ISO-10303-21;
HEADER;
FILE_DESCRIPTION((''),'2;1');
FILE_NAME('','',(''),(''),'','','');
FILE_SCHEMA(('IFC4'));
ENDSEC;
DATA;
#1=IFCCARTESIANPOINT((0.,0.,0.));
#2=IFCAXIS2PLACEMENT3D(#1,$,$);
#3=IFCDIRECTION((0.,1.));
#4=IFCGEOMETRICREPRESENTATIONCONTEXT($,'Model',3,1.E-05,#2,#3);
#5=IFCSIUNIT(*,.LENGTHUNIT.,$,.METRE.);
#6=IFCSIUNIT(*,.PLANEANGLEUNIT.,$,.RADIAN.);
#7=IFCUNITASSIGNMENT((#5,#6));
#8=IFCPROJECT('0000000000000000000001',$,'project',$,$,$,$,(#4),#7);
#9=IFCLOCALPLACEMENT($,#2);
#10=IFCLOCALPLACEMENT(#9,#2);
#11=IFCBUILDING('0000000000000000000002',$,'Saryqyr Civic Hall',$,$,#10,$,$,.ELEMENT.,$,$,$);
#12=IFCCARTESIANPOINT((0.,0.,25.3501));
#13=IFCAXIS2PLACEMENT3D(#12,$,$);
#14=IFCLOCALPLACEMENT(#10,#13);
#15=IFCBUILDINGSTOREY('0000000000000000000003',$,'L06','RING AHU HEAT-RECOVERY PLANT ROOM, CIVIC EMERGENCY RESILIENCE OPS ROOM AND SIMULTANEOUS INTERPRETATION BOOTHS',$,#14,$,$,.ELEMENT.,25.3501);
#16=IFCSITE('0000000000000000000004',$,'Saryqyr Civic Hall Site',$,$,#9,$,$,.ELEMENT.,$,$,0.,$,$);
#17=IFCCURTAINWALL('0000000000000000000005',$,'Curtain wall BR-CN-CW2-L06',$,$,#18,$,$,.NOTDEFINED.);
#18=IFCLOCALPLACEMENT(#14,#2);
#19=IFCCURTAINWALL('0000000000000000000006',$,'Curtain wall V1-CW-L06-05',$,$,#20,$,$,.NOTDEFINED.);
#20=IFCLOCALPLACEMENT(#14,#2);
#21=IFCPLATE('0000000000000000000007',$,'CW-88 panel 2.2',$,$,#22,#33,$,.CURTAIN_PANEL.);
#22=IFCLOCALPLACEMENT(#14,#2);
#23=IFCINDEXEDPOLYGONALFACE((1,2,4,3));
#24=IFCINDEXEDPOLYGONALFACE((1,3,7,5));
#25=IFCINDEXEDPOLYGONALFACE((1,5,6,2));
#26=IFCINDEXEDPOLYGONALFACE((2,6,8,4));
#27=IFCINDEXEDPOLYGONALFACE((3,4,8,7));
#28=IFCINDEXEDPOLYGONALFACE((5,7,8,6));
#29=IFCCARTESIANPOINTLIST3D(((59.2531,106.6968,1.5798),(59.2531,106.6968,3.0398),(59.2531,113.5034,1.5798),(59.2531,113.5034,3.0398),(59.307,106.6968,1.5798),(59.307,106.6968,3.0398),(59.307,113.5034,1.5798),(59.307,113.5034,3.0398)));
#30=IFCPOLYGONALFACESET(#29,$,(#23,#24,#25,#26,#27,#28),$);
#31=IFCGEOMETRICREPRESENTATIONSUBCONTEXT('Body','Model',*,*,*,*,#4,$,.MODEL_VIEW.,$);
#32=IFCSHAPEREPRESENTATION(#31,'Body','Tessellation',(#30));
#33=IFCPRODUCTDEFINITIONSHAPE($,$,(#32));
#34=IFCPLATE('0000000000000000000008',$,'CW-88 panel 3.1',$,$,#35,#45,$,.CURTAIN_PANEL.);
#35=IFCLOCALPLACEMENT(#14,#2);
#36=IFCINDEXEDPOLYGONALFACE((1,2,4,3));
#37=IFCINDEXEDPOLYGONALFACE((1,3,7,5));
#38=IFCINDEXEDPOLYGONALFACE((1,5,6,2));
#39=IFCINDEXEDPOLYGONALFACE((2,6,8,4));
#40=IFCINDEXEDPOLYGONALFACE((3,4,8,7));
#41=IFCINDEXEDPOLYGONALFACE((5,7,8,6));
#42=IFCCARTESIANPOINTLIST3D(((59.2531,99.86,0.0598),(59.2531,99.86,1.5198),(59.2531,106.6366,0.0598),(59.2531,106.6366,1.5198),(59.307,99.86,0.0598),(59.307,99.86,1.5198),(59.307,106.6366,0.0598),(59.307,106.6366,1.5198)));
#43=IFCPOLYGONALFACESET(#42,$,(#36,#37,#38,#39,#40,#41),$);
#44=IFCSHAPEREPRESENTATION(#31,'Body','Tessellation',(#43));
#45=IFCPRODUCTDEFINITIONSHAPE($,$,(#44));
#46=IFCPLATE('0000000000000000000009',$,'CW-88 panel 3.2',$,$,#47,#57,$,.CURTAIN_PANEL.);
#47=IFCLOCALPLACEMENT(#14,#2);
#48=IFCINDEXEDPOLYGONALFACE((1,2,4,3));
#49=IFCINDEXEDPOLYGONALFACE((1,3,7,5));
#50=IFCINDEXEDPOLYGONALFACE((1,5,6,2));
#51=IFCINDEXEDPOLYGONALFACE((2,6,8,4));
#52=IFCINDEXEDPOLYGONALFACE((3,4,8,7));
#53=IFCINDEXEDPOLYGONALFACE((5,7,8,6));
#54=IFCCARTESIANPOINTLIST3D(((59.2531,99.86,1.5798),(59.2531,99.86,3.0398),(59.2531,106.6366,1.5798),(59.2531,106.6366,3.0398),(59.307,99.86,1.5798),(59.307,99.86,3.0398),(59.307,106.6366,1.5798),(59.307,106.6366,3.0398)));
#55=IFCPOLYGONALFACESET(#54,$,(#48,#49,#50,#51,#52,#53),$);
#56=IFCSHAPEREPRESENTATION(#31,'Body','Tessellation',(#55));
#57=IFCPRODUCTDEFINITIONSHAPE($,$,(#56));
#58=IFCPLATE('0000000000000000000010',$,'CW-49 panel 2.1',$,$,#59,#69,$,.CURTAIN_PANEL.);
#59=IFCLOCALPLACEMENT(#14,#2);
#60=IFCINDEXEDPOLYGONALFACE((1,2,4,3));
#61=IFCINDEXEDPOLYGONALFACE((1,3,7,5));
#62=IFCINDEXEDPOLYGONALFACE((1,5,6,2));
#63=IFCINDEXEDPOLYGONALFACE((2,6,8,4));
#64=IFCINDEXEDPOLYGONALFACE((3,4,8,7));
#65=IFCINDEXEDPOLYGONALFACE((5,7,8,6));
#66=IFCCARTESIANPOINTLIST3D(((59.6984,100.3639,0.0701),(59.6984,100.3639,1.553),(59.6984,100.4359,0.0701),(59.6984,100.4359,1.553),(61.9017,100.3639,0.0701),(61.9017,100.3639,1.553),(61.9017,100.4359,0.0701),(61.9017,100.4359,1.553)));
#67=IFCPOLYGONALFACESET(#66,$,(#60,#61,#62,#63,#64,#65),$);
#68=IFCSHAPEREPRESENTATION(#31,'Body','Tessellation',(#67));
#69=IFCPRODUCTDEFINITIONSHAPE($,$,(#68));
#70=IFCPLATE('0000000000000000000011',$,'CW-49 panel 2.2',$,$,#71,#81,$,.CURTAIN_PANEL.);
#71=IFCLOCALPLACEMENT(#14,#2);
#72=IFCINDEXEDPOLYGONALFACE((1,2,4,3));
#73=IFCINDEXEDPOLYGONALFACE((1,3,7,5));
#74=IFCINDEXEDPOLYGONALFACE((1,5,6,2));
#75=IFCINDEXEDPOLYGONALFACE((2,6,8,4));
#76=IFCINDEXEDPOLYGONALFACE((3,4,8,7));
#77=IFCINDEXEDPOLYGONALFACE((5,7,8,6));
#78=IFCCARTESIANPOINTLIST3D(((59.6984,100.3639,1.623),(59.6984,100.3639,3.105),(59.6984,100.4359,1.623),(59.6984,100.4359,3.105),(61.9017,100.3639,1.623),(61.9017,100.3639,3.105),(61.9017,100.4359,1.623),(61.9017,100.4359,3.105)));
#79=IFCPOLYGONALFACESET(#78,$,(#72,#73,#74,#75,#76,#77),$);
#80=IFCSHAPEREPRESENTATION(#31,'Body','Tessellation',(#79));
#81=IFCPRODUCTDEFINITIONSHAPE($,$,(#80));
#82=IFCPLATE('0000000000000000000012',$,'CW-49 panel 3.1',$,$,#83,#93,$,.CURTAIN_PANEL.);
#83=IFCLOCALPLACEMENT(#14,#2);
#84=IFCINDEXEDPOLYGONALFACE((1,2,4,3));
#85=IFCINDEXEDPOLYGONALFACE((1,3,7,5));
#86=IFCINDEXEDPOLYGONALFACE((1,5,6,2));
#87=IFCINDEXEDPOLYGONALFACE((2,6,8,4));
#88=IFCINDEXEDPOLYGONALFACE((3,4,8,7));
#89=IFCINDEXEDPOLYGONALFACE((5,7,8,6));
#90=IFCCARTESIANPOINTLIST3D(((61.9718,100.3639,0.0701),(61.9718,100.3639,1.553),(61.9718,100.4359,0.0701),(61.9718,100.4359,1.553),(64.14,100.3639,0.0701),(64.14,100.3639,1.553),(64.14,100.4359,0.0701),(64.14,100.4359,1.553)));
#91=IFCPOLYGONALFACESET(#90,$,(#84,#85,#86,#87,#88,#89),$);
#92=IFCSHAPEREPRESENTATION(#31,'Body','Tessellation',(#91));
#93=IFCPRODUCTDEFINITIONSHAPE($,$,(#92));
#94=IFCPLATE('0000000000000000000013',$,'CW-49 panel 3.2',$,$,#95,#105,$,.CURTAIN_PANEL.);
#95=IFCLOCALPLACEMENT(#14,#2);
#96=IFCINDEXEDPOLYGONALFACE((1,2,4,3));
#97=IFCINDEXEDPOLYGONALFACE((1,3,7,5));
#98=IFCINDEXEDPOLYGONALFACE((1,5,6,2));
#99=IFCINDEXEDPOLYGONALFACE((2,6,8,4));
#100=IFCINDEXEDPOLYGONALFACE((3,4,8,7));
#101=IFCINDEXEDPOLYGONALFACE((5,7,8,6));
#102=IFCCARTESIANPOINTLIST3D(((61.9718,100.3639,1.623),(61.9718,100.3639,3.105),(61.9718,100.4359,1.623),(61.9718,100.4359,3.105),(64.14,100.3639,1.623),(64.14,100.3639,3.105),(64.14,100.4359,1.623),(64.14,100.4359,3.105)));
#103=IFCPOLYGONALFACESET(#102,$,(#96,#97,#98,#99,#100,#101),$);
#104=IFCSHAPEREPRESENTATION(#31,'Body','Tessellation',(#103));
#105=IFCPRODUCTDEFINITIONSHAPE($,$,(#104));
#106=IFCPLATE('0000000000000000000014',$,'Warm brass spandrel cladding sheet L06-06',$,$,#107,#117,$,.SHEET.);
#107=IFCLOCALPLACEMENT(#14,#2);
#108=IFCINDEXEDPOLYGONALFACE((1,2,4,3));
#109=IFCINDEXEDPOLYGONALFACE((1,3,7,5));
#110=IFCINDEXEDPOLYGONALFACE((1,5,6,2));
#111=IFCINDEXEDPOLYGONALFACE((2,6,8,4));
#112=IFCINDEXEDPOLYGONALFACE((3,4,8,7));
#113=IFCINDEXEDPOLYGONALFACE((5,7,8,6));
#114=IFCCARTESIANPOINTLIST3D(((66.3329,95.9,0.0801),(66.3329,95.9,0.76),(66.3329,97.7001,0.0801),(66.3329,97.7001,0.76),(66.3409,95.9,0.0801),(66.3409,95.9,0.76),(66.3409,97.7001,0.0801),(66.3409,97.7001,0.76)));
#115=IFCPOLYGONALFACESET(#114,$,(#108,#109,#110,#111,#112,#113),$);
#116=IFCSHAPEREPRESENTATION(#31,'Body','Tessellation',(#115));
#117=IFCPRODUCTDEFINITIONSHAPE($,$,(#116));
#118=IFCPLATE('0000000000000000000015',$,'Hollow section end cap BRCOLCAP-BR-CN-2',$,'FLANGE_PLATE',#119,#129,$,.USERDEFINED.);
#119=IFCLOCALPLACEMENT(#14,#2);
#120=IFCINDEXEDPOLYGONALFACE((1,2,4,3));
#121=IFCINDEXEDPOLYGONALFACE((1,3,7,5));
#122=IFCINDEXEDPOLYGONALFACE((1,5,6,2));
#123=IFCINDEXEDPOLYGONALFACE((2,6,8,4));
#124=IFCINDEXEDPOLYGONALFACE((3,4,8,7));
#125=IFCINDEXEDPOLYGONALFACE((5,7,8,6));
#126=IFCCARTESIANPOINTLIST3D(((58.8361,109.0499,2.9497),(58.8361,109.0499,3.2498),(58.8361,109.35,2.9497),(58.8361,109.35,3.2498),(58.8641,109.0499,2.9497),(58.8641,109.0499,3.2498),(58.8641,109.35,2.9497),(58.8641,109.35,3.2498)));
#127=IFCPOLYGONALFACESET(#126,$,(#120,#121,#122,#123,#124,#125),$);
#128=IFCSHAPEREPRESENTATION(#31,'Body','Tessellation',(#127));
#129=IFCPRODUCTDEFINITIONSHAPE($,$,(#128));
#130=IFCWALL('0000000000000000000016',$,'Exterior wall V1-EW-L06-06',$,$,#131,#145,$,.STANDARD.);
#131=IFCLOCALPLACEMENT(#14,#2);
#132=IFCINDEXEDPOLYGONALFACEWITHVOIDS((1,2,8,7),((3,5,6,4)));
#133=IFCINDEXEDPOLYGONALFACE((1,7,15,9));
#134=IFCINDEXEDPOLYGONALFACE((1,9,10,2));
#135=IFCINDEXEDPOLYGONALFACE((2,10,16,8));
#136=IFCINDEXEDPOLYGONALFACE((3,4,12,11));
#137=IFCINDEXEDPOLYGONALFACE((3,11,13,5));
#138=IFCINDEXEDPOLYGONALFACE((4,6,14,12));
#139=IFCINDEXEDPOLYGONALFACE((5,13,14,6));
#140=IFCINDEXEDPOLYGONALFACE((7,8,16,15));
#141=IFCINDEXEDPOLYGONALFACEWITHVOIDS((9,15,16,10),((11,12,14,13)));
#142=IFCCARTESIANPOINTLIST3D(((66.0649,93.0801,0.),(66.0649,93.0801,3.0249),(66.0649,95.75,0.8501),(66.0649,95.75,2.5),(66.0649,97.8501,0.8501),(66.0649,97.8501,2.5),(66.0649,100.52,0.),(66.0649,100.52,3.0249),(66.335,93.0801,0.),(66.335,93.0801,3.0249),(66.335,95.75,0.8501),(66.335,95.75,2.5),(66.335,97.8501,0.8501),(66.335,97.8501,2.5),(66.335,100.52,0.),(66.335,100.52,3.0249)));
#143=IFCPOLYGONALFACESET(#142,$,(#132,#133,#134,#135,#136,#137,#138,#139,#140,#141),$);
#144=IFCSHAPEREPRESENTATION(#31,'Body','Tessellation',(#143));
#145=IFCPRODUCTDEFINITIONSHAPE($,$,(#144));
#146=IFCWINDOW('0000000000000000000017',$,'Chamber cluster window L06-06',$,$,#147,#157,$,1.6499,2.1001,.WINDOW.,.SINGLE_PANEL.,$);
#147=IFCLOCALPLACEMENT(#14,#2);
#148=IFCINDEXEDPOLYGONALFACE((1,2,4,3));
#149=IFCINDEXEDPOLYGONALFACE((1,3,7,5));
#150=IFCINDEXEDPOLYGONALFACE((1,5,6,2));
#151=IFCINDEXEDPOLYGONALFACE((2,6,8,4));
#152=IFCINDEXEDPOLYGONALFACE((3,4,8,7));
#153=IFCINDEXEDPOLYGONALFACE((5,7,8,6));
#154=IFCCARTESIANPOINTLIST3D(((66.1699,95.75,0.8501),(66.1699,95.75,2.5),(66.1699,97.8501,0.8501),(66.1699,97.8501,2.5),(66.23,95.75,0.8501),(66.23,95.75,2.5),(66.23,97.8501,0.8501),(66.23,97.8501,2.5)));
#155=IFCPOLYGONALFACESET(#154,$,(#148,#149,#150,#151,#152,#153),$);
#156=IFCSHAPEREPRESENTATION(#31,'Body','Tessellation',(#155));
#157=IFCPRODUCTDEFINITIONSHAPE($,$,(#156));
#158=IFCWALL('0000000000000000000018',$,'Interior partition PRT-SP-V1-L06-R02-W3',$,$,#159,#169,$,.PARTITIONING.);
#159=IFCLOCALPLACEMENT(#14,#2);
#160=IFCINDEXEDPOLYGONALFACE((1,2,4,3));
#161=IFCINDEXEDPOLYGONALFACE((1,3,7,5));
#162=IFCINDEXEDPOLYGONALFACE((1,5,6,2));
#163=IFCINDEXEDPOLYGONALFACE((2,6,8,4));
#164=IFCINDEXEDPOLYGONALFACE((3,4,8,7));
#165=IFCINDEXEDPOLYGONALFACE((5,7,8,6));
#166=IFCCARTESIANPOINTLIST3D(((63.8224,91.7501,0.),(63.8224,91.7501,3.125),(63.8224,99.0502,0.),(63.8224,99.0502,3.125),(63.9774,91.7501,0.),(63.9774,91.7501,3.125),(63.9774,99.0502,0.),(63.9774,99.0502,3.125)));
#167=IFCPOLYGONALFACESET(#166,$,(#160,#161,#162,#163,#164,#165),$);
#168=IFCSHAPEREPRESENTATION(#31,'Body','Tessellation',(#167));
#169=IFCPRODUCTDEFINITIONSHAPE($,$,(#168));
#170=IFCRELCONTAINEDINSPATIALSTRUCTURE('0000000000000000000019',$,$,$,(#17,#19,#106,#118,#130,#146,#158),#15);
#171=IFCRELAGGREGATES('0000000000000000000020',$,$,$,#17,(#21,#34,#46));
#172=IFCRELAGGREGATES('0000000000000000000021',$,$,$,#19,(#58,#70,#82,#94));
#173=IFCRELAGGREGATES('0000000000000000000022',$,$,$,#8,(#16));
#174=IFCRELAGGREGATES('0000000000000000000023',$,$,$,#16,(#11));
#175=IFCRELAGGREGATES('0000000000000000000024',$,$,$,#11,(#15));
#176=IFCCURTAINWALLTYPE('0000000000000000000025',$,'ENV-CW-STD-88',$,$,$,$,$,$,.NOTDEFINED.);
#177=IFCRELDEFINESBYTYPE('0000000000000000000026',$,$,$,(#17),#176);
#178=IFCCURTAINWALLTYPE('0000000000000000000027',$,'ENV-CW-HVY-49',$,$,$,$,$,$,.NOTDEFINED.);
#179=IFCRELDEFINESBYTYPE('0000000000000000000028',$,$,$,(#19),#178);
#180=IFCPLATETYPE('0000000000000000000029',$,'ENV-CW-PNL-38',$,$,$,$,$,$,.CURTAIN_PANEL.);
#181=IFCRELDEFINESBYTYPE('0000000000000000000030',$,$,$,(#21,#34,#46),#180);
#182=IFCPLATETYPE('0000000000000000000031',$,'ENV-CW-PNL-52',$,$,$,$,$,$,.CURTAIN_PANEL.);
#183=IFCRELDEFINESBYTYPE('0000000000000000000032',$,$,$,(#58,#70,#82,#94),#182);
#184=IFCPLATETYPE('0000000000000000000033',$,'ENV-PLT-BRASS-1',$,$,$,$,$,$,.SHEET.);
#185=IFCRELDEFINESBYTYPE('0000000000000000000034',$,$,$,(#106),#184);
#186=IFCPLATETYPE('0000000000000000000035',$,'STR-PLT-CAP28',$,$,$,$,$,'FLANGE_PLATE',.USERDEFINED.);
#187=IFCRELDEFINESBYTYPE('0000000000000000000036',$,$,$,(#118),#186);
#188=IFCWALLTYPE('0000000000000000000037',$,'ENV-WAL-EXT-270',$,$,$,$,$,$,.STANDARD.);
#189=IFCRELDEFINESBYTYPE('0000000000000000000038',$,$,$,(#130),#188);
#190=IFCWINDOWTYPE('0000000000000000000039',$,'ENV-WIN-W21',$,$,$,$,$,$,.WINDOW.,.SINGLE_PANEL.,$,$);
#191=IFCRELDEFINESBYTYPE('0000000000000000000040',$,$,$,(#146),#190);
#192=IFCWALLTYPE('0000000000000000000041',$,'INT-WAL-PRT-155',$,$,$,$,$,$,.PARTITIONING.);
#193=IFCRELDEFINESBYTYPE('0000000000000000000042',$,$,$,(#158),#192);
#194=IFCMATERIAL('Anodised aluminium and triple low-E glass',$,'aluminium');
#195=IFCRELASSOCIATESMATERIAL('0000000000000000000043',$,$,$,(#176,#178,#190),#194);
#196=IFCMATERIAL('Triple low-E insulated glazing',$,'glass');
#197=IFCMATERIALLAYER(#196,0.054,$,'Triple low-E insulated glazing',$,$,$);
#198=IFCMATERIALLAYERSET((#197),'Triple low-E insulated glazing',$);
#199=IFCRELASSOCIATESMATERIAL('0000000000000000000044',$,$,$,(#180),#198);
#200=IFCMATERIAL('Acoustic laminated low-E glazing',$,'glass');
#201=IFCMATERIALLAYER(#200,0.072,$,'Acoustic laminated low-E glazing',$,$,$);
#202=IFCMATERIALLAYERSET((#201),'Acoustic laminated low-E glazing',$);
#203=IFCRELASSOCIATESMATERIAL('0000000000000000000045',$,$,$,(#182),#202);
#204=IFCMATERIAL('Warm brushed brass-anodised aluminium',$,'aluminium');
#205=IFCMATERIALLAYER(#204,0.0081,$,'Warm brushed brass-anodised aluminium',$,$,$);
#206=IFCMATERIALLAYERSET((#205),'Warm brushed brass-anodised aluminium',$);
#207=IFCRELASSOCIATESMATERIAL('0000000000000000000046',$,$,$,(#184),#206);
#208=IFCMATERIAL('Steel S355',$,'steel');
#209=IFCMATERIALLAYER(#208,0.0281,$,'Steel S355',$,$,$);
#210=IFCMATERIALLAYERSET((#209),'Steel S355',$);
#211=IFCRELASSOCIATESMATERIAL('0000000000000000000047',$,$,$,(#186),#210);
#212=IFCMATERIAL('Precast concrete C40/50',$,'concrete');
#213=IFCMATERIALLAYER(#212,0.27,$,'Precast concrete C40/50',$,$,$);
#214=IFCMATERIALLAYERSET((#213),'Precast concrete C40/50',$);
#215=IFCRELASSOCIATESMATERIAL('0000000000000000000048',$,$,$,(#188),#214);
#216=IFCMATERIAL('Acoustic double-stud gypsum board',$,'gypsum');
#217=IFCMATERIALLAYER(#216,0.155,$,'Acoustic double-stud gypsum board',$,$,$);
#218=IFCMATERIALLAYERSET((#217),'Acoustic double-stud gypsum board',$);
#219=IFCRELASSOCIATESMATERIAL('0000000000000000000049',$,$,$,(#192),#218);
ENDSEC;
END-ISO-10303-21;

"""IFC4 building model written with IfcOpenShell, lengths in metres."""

from ifc_helpers import new_model, si_unit, direction, frame, frame_2d, origin, origin_2d, place, context, subcontext, project, spatial, rectangle, extrude, material, layer, layer_set, type_object, element, fill, aggregate, save


model = new_model("IFC4")

# Units and contexts
model_context = context("Model", 3, precision=1e-05, world=origin(), true_north=direction((0.0, 1.0)))
body_context = subcontext(model_context, "Body", "Model", "MODEL_VIEW")
ifc_project = project(units=[si_unit("LENGTHUNIT", "METRE"), si_unit("PLANEANGLEUNIT", "RADIAN")], contexts=[model_context])

# Site, building, storey
site_placement = place(None, origin())
site = spatial("IfcSite", under=ifc_project, at=site_placement, Name="Saryqyr Civic Hall Site", CompositionType="ELEMENT", RefElevation=0.0)
building_placement = place(site_placement, origin())
building = spatial("IfcBuilding", under=site, at=building_placement, Name="Saryqyr Civic Hall", CompositionType="ELEMENT")
storey_placement = place(building_placement, frame((0.0, 0.0, 25.3501)))
storey = spatial("IfcBuildingStorey", under=building, at=storey_placement, Name="L06", Description="RING AHU HEAT-RECOVERY PLANT ROOM, CIVIC EMERGENCY RESILIENCE OPS ROOM AND SIMULTANEOUS INTERPRETATION BOOTHS", CompositionType="ELEMENT", Elevation=25.3501)

# Shared definitions
ifc_material_1 = material(Name="Steel S355", Category="steel")

# Curtain walls
ifc_material_2 = material(Name="Anodised aluminium and triple low-E glass", Category="aluminium")
curtain_wall_type_1 = type_object("IfcCurtainWallType", Name="ENV-CW-STD-88", PredefinedType="NOTDEFINED", material=ifc_material_2)
curtain_wall_1_placement = place(storey_placement, origin())
curtain_wall_1 = element("IfcCurtainWall", 1, at=curtain_wall_1_placement, inside=storey, type_object=curtain_wall_type_1, Name="Curtain wall BR-CN-CW2-L06", PredefinedType="NOTDEFINED")
curtain_wall_type_2 = type_object("IfcCurtainWallType", Name="ENV-CW-HVY-49", PredefinedType="NOTDEFINED", material=ifc_material_2)
curtain_wall_2_placement = place(storey_placement, origin())
curtain_wall_2 = element("IfcCurtainWall", 2, at=curtain_wall_2_placement, inside=storey, type_object=curtain_wall_type_2, Name="Curtain wall V1-CW-L06-05", PredefinedType="NOTDEFINED")

# Plates
ifc_material_3 = material(Name="Triple low-E insulated glazing", Category="glass")
ifc_layer_1 = layer(ifc_material_3, 0.054, Name="Triple low-E insulated glazing")
ifc_layer_set_1 = layer_set([ifc_layer_1], Name="Triple low-E insulated glazing")
plate_type_1 = type_object("IfcPlateType", Name="ENV-CW-PNL-38", PredefinedType="CURTAIN_PANEL", material=ifc_layer_set_1)
plate_1_placement = place(storey_placement, frame((59.28, 110.1001, 1.5798), z_axis=(0.0, 0.0, 1.0), x_axis=(0.0, -1.0, 0.0)))
plate_1 = element("IfcPlate", 3, at=plate_1_placement, type_object=plate_type_1, Name="CW-88 panel 2.2", PredefinedType="CURTAIN_PANEL", context=body_context, shape_type="SweptSolid", body=[
    extrude(rectangle(XDim=6.8066, YDim=0.054, at=origin_2d()), origin(), (0.0, 0.0, 1.0), 1.46),
])
plate_2_placement = place(storey_placement, frame((59.28, 103.2483, 0.0598), z_axis=(0.0, 0.0, 1.0), x_axis=(0.0, -1.0, 0.0)))
plate_2 = element("IfcPlate", 4, at=plate_2_placement, type_object=plate_type_1, Name="CW-88 panel 3.1", PredefinedType="CURTAIN_PANEL", context=body_context, shape_type="SweptSolid", body=[
    extrude(rectangle(XDim=6.7766, YDim=0.054, at=origin_2d()), origin(), (0.0, 0.0, 1.0), 1.46),
])
plate_3_placement = place(storey_placement, frame((59.28, 103.2483, 1.5798), z_axis=(0.0, 0.0, 1.0), x_axis=(0.0, -1.0, 0.0)))
plate_3 = element("IfcPlate", 5, at=plate_3_placement, type_object=plate_type_1, Name="CW-88 panel 3.2", PredefinedType="CURTAIN_PANEL", context=body_context, shape_type="SweptSolid", body=[
    extrude(rectangle(XDim=6.7766, YDim=0.054, at=origin_2d()), origin(), (0.0, 0.0, 1.0), 1.46),
])
aggregate(curtain_wall_1, [plate_1, plate_2, plate_3])
ifc_material_4 = material(Name="Acoustic laminated low-E glazing", Category="glass")
ifc_layer_2 = layer(ifc_material_4, 0.072, Name="Acoustic laminated low-E glazing")
ifc_layer_set_2 = layer_set([ifc_layer_2], Name="Acoustic laminated low-E glazing")
plate_type_2 = type_object("IfcPlateType", Name="ENV-CW-PNL-52", PredefinedType="CURTAIN_PANEL", material=ifc_layer_set_2)
plate_4_placement = place(storey_placement, frame((60.8, 100.3999, 0.0701), z_axis=(0.0, 0.0, 1.0), x_axis=(1.0, 0.0, 0.0)))
plate_4 = element("IfcPlate", 6, at=plate_4_placement, type_object=plate_type_2, Name="CW-49 panel 2.1", PredefinedType="CURTAIN_PANEL", context=body_context, shape_type="SweptSolid", body=[
    extrude(rectangle(XDim=2.2034, YDim=0.072, at=origin_2d()), origin(), (0.0, 0.0, 1.0), 1.4829),
])
plate_5_placement = place(storey_placement, frame((60.8, 100.3999, 1.623), z_axis=(0.0, 0.0, 1.0), x_axis=(1.0, 0.0, 0.0)))
plate_5 = element("IfcPlate", 7, at=plate_5_placement, type_object=plate_type_2, Name="CW-49 panel 2.2", PredefinedType="CURTAIN_PANEL", context=body_context, shape_type="SweptSolid", body=[
    extrude(rectangle(XDim=2.2034, YDim=0.072, at=origin_2d()), origin(), (0.0, 0.0, 1.0), 1.4819),
])
plate_6_placement = place(storey_placement, frame((63.0559, 100.3999, 0.0701), z_axis=(0.0, 0.0, 1.0), x_axis=(1.0, 0.0, 0.0)))
plate_6 = element("IfcPlate", 8, at=plate_6_placement, type_object=plate_type_2, Name="CW-49 panel 3.1", PredefinedType="CURTAIN_PANEL", context=body_context, shape_type="SweptSolid", body=[
    extrude(rectangle(XDim=2.1682, YDim=0.072, at=origin_2d()), origin(), (0.0, 0.0, 1.0), 1.4829),
])
plate_7_placement = place(storey_placement, frame((63.0559, 100.3999, 1.623), z_axis=(0.0, 0.0, 1.0), x_axis=(1.0, 0.0, 0.0)))
plate_7 = element("IfcPlate", 9, at=plate_7_placement, type_object=plate_type_2, Name="CW-49 panel 3.2", PredefinedType="CURTAIN_PANEL", context=body_context, shape_type="SweptSolid", body=[
    extrude(rectangle(XDim=2.1682, YDim=0.072, at=origin_2d()), origin(), (0.0, 0.0, 1.0), 1.4819),
])
aggregate(curtain_wall_2, [plate_4, plate_5, plate_6, plate_7])

# Plates
ifc_material_5 = material(Name="Warm brushed brass-anodised aluminium", Category="aluminium")
ifc_layer_3 = layer(ifc_material_5, 0.0081, Name="Warm brushed brass-anodised aluminium")
ifc_layer_set_3 = layer_set([ifc_layer_3], Name="Warm brushed brass-anodised aluminium")
plate_type_3 = type_object("IfcPlateType", Name="ENV-PLT-BRASS-1", PredefinedType="SHEET", material=ifc_layer_set_3)
plate_8_placement = place(storey_placement, frame((66.3369, 96.8, 0.0801), z_axis=(0.0, 0.0, 1.0), x_axis=(0.0, -1.0, 0.0)))
element("IfcPlate", 10, at=plate_8_placement, inside=storey, type_object=plate_type_3, Name="Warm brass spandrel cladding sheet L06-06", PredefinedType="SHEET", context=body_context, shape_type="SweptSolid", body=[
    extrude(rectangle(XDim=1.8, YDim=0.0081, at=origin_2d()), origin(), (0.0, 0.0, 1.0), 0.6799),
])
ifc_layer_4 = layer(ifc_material_1, 0.0281, Name="Steel S355")
ifc_layer_set_4 = layer_set([ifc_layer_4], Name="Steel S355")
plate_type_4 = type_object("IfcPlateType", Name="STR-PLT-CAP28", ElementType="FLANGE_PLATE", PredefinedType="USERDEFINED", material=ifc_layer_set_4)
plate_9_placement = place(storey_placement, frame((58.8501, 109.2, 2.9497), z_axis=(0.0, 0.0, 1.0), x_axis=(1.0, 0.0, 0.0)))
element("IfcPlate", 11, at=plate_9_placement, inside=storey, type_object=plate_type_4, Name="Hollow section end cap BRCOLCAP-BR-CN-2", ObjectType="FLANGE_PLATE", PredefinedType="USERDEFINED", context=body_context, shape_type="SweptSolid", body=[
    extrude(rectangle(XDim=0.0281, YDim=0.3, at=origin_2d()), origin(), (0.0, 0.0, 1.0), 0.3),
])

# Wall, opening, window
ifc_material_6 = material(Name="Precast concrete C40/50", Category="concrete")
ifc_layer_5 = layer(ifc_material_6, 0.27, Name="Precast concrete C40/50")
ifc_layer_set_5 = layer_set([ifc_layer_5], Name="Precast concrete C40/50")
wall_type_1 = type_object("IfcWallType", Name="ENV-WAL-EXT-270", PredefinedType="STANDARD", material=ifc_layer_set_5)
wall_1_placement = place(storey_placement, frame((66.2, 100.52, 0.0), z_axis=(0.0, 0.0, 1.0), x_axis=(0.0, -1.0, 0.0)))
wall_1 = element("IfcWall", 12, at=wall_1_placement, inside=storey, type_object=wall_type_1, Name="Exterior wall V1-EW-L06-06", PredefinedType="STANDARD", context=body_context, shape_type="SweptSolid", body=[
    extrude(rectangle(XDim=7.4399, YDim=0.27, at=frame_2d((3.72, 0.0))), origin(), (0.0, 0.0, 1.0), 3.0249),
])
opening_placement = place(wall_1_placement, frame((2.6699, 0.0, 0.8501)))
opening = element("IfcOpeningElement", 13, at=opening_placement, cuts=wall_1, PredefinedType="OPENING", context=body_context, shape_type="SweptSolid", body=[
    extrude(rectangle(XDim=2.1001, YDim=1.6499, at=frame_2d((1.05, 0.825))), frame((0.0, 0.145, 0.0), z_axis=(0.0, -1.0, 0.0), x_axis=(1.0, 0.0, 0.0)), (0.0, 0.0, 1.0), 0.29),
])
window_type = type_object("IfcWindowType", Name="ENV-WIN-W21", PartitioningType="SINGLE_PANEL", PredefinedType="WINDOW", material=ifc_material_2)
window_placement = place(opening_placement, origin())
window = element("IfcWindow", 14, at=window_placement, inside=storey, type_object=window_type, Name="Chamber cluster window L06-06", OverallHeight=1.6499, OverallWidth=2.1001, PartitioningType="SINGLE_PANEL", PredefinedType="WINDOW", context=body_context, shape_type="SweptSolid", body=[
    extrude(rectangle(XDim=2.1001, YDim=1.6499, at=frame_2d((1.05, 0.825))), frame((0.0, 0.03, 0.0), z_axis=(0.0, -1.0, 0.0), x_axis=(1.0, 0.0, 0.0)), (0.0, 0.0, 1.0), 0.0601),
])
fill(opening, window)

# Wall
ifc_material_7 = material(Name="Acoustic double-stud gypsum board", Category="gypsum")
ifc_layer_6 = layer(ifc_material_7, 0.155, Name="Acoustic double-stud gypsum board")
ifc_layer_set_6 = layer_set([ifc_layer_6], Name="Acoustic double-stud gypsum board")
wall_type_2 = type_object("IfcWallType", Name="INT-WAL-PRT-155", PredefinedType="PARTITIONING", material=ifc_layer_set_6)
wall_2_placement = place(storey_placement, frame((63.8999, 99.05, 0.0), z_axis=(0.0, 0.0, 1.0), x_axis=(0.0, -1.0, 0.0)))
element("IfcWall", 15, at=wall_2_placement, inside=storey, type_object=wall_type_2, Name="Interior partition PRT-SP-V1-L06-R02-W3", PredefinedType="PARTITIONING", context=body_context, shape_type="SweptSolid", body=[
    extrude(rectangle(XDim=7.3, YDim=0.155, at=frame_2d((3.6499, 0.0))), origin(), (0.0, 0.0, 1.0), 3.125),
])

save(model, "model.ifc")
